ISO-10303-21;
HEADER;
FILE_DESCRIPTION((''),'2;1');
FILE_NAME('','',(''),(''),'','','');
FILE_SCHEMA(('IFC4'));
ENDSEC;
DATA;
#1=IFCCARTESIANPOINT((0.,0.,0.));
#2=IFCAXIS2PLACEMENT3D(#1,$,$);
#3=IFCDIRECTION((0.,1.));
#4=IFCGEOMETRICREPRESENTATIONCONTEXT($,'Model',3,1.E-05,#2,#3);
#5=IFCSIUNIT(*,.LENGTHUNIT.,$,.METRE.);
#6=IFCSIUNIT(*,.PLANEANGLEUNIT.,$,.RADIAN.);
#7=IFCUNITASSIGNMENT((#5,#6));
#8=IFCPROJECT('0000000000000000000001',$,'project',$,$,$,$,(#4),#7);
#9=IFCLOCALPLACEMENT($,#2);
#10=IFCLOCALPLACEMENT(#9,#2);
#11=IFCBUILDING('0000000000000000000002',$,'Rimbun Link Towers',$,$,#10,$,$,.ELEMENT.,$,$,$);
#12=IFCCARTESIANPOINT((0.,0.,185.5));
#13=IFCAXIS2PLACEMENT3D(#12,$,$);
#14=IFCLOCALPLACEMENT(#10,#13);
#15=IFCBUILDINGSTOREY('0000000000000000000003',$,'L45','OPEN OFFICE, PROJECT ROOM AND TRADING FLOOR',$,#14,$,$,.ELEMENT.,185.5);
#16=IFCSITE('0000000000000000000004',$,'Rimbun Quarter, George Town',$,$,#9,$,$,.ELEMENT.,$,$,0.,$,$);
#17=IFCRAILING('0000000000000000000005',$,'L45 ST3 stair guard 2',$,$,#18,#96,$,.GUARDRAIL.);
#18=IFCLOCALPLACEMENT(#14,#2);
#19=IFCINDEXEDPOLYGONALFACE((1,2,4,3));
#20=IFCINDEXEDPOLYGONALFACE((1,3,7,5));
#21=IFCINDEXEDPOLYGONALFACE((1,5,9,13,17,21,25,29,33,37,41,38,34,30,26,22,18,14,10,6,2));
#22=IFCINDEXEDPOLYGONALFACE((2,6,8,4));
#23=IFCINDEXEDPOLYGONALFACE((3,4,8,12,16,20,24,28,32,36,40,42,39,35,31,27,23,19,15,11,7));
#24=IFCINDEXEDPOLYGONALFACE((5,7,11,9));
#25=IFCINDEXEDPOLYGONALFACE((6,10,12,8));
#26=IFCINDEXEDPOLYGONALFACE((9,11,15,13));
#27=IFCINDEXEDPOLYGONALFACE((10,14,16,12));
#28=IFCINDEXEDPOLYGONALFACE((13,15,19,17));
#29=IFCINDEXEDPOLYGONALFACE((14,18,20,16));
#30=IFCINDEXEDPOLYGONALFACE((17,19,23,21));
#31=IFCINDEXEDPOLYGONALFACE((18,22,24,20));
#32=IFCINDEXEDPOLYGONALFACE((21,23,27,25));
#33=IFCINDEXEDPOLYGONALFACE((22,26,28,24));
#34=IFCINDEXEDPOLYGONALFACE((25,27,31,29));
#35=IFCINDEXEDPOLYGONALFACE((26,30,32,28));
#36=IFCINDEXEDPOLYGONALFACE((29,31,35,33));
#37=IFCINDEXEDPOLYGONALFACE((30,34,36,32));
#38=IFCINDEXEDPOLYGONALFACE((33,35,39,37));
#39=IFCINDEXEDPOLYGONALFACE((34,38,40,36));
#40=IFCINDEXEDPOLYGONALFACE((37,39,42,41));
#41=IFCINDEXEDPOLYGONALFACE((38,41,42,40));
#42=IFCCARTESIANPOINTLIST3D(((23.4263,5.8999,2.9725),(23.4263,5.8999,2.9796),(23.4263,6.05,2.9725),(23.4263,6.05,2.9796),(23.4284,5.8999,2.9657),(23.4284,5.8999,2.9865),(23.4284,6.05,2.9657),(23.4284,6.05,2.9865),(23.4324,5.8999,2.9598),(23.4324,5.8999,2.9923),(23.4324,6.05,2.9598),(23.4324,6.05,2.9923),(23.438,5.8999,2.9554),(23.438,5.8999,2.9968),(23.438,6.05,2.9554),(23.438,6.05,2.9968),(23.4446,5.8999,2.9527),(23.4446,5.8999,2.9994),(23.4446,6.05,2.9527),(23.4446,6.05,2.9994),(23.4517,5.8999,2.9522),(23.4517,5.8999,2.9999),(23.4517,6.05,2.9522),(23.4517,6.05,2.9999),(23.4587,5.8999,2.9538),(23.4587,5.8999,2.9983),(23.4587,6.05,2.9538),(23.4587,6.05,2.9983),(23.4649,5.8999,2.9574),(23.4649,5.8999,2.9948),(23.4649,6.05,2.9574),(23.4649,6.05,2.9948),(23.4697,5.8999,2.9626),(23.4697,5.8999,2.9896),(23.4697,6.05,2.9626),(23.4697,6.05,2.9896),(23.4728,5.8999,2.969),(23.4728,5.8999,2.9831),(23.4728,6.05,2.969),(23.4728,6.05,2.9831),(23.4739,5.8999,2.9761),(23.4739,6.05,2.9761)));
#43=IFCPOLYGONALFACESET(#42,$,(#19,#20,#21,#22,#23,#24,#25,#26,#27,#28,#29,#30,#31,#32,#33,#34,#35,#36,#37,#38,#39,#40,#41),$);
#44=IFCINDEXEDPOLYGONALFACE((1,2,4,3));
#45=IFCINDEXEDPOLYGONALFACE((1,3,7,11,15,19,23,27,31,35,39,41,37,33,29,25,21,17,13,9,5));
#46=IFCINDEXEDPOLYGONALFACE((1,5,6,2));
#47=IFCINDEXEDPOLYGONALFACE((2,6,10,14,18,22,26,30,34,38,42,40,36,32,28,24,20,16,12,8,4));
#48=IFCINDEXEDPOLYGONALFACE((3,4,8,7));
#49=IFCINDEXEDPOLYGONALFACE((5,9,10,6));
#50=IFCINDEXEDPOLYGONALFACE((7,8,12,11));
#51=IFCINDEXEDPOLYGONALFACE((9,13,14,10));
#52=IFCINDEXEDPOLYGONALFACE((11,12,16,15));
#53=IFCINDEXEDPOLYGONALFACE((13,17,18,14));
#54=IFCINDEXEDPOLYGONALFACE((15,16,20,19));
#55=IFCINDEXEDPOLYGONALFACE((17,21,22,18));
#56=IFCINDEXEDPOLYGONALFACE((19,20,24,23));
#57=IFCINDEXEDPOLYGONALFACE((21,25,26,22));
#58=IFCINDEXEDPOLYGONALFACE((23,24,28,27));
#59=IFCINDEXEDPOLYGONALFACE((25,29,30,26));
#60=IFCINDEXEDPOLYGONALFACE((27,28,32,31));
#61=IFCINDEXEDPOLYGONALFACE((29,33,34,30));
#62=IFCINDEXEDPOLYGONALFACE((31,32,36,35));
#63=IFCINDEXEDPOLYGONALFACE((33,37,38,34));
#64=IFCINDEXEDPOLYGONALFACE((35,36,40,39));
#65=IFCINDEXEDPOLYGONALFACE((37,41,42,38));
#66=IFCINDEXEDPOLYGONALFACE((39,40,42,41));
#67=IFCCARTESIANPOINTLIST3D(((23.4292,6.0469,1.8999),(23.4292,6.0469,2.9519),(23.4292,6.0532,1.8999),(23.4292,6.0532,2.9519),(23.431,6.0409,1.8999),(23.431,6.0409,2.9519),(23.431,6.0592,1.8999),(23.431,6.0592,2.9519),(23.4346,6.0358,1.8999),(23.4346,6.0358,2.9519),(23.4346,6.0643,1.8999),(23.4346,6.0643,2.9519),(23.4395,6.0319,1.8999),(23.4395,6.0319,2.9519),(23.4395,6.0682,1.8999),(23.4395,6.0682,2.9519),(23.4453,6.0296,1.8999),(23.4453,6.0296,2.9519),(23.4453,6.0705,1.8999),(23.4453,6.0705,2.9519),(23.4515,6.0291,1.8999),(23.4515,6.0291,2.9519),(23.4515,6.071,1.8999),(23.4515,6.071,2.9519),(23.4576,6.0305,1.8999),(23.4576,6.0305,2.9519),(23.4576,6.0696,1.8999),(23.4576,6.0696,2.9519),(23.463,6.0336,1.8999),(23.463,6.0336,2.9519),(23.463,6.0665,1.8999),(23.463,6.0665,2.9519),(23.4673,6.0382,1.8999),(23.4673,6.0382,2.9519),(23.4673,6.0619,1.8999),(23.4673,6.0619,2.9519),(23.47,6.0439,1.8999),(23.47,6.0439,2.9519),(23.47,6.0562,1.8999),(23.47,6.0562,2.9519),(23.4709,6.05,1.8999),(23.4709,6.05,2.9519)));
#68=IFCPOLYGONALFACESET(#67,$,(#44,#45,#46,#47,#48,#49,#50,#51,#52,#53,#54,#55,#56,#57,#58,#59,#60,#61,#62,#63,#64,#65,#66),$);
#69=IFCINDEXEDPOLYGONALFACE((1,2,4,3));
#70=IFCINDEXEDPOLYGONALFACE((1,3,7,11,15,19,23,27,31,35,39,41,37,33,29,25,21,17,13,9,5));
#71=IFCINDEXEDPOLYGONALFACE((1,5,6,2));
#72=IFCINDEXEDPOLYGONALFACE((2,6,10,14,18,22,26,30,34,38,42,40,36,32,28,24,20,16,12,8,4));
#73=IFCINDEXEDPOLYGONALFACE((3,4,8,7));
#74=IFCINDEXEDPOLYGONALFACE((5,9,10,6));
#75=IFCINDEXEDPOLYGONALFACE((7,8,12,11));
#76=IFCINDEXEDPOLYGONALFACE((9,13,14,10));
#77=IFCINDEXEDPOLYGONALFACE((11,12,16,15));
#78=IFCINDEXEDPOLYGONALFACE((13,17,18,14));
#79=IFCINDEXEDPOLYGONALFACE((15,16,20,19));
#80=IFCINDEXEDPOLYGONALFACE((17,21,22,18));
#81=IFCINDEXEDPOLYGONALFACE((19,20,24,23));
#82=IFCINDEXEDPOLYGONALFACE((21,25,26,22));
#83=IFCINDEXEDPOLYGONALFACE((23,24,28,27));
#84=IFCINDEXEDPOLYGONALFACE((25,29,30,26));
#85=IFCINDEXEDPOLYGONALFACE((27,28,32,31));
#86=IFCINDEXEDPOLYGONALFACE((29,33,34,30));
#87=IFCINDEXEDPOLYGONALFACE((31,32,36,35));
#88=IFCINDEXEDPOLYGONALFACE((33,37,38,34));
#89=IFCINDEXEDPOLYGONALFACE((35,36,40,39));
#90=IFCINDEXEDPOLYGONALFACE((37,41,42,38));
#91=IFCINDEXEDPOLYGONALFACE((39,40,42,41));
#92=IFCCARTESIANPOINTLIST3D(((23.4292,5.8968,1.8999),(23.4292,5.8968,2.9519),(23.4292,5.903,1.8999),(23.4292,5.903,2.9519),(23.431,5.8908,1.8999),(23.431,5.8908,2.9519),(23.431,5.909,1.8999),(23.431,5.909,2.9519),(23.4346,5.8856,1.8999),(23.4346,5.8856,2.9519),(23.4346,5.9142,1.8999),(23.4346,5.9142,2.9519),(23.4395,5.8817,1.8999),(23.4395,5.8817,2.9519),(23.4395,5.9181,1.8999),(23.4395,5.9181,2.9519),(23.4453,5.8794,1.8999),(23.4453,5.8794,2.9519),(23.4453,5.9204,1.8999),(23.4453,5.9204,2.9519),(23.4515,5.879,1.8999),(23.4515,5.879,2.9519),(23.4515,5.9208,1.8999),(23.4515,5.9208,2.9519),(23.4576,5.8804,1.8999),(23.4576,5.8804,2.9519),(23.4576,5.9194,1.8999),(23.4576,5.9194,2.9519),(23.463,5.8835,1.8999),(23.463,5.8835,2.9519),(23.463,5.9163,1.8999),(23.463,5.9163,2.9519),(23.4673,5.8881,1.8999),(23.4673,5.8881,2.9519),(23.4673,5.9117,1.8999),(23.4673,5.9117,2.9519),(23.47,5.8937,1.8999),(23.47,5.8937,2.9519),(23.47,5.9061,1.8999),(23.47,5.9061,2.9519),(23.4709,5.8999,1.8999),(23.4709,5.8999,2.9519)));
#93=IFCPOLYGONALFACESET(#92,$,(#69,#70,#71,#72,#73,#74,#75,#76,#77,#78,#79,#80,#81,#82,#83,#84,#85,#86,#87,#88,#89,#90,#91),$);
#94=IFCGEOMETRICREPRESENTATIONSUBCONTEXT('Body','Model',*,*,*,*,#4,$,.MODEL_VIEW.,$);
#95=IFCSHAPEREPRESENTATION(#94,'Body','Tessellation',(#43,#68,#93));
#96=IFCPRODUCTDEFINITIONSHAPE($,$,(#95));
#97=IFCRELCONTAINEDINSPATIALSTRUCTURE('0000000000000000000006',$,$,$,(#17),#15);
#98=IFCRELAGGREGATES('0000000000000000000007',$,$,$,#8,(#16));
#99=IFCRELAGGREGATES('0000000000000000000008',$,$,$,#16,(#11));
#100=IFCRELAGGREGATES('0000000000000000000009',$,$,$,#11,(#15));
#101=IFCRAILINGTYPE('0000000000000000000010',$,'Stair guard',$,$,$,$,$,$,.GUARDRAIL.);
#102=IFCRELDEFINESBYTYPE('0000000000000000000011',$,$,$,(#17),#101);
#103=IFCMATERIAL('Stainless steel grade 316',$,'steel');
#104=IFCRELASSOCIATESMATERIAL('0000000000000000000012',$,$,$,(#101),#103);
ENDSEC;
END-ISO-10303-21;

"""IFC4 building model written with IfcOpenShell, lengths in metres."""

from ifc_helpers import new_model, si_unit, direction, frame, origin, origin_2d, place, context, subcontext, project, spatial, circle, extrude, material, type_object, element, save


model = new_model("IFC4")

# Units and contexts
model_context = context("Model", 3, precision=1e-05, world=origin(), true_north=direction((0.0, 1.0)))
body_context = subcontext(model_context, "Body", "Model", "MODEL_VIEW")
ifc_project = project(units=[si_unit("LENGTHUNIT", "METRE"), si_unit("PLANEANGLEUNIT", "RADIAN")], contexts=[model_context])

# Site, building, storey
site_placement = place(None, origin())
site = spatial("IfcSite", under=ifc_project, at=site_placement, Name="Rimbun Quarter, George Town", CompositionType="ELEMENT", RefElevation=0.0)
building_placement = place(site_placement, origin())
building = spatial("IfcBuilding", under=site, at=building_placement, Name="Rimbun Link Towers", CompositionType="ELEMENT")
storey_placement = place(building_placement, frame((0.0, 0.0, 185.5)))
storey = spatial("IfcBuildingStorey", under=building, at=storey_placement, Name="L45", Description="OPEN OFFICE, PROJECT ROOM AND TRADING FLOOR", CompositionType="ELEMENT", Elevation=185.5)

# Railing
ifc_material_1 = material(Name="Stainless steel grade 316", Category="steel")
railing_type_1 = type_object("IfcRailingType", Name="Stair guard", PredefinedType="GUARDRAIL", material=ifc_material_1)
railing_1_placement = place(storey_placement, frame((23.45, 6.05, 1.8999)))
element("IfcRailing", 1, at=railing_1_placement, inside=storey, type_object=railing_type_1, Name="L45 ST3 stair guard 2", PredefinedType="GUARDRAIL", context=body_context, shape_type="SweptSolid", body=[
    extrude(circle(Radius=0.0239, at=origin_2d()), frame((0.0, 0.0, 1.0762), z_axis=(0.0, -1.0, 0.0), x_axis=(1.0, 0.0, 0.0)), (0.0, 0.0, 1.0), 0.1501),
    extrude(circle(Radius=0.021, at=origin_2d()), origin(), (0.0, 0.0, 1.0), 1.052),
    extrude(circle(Radius=0.021, at=origin_2d()), frame((0.0, -0.1501, 0.0)), (0.0, 0.0, 1.0), 1.052),
])

save(model, "model.ifc")
